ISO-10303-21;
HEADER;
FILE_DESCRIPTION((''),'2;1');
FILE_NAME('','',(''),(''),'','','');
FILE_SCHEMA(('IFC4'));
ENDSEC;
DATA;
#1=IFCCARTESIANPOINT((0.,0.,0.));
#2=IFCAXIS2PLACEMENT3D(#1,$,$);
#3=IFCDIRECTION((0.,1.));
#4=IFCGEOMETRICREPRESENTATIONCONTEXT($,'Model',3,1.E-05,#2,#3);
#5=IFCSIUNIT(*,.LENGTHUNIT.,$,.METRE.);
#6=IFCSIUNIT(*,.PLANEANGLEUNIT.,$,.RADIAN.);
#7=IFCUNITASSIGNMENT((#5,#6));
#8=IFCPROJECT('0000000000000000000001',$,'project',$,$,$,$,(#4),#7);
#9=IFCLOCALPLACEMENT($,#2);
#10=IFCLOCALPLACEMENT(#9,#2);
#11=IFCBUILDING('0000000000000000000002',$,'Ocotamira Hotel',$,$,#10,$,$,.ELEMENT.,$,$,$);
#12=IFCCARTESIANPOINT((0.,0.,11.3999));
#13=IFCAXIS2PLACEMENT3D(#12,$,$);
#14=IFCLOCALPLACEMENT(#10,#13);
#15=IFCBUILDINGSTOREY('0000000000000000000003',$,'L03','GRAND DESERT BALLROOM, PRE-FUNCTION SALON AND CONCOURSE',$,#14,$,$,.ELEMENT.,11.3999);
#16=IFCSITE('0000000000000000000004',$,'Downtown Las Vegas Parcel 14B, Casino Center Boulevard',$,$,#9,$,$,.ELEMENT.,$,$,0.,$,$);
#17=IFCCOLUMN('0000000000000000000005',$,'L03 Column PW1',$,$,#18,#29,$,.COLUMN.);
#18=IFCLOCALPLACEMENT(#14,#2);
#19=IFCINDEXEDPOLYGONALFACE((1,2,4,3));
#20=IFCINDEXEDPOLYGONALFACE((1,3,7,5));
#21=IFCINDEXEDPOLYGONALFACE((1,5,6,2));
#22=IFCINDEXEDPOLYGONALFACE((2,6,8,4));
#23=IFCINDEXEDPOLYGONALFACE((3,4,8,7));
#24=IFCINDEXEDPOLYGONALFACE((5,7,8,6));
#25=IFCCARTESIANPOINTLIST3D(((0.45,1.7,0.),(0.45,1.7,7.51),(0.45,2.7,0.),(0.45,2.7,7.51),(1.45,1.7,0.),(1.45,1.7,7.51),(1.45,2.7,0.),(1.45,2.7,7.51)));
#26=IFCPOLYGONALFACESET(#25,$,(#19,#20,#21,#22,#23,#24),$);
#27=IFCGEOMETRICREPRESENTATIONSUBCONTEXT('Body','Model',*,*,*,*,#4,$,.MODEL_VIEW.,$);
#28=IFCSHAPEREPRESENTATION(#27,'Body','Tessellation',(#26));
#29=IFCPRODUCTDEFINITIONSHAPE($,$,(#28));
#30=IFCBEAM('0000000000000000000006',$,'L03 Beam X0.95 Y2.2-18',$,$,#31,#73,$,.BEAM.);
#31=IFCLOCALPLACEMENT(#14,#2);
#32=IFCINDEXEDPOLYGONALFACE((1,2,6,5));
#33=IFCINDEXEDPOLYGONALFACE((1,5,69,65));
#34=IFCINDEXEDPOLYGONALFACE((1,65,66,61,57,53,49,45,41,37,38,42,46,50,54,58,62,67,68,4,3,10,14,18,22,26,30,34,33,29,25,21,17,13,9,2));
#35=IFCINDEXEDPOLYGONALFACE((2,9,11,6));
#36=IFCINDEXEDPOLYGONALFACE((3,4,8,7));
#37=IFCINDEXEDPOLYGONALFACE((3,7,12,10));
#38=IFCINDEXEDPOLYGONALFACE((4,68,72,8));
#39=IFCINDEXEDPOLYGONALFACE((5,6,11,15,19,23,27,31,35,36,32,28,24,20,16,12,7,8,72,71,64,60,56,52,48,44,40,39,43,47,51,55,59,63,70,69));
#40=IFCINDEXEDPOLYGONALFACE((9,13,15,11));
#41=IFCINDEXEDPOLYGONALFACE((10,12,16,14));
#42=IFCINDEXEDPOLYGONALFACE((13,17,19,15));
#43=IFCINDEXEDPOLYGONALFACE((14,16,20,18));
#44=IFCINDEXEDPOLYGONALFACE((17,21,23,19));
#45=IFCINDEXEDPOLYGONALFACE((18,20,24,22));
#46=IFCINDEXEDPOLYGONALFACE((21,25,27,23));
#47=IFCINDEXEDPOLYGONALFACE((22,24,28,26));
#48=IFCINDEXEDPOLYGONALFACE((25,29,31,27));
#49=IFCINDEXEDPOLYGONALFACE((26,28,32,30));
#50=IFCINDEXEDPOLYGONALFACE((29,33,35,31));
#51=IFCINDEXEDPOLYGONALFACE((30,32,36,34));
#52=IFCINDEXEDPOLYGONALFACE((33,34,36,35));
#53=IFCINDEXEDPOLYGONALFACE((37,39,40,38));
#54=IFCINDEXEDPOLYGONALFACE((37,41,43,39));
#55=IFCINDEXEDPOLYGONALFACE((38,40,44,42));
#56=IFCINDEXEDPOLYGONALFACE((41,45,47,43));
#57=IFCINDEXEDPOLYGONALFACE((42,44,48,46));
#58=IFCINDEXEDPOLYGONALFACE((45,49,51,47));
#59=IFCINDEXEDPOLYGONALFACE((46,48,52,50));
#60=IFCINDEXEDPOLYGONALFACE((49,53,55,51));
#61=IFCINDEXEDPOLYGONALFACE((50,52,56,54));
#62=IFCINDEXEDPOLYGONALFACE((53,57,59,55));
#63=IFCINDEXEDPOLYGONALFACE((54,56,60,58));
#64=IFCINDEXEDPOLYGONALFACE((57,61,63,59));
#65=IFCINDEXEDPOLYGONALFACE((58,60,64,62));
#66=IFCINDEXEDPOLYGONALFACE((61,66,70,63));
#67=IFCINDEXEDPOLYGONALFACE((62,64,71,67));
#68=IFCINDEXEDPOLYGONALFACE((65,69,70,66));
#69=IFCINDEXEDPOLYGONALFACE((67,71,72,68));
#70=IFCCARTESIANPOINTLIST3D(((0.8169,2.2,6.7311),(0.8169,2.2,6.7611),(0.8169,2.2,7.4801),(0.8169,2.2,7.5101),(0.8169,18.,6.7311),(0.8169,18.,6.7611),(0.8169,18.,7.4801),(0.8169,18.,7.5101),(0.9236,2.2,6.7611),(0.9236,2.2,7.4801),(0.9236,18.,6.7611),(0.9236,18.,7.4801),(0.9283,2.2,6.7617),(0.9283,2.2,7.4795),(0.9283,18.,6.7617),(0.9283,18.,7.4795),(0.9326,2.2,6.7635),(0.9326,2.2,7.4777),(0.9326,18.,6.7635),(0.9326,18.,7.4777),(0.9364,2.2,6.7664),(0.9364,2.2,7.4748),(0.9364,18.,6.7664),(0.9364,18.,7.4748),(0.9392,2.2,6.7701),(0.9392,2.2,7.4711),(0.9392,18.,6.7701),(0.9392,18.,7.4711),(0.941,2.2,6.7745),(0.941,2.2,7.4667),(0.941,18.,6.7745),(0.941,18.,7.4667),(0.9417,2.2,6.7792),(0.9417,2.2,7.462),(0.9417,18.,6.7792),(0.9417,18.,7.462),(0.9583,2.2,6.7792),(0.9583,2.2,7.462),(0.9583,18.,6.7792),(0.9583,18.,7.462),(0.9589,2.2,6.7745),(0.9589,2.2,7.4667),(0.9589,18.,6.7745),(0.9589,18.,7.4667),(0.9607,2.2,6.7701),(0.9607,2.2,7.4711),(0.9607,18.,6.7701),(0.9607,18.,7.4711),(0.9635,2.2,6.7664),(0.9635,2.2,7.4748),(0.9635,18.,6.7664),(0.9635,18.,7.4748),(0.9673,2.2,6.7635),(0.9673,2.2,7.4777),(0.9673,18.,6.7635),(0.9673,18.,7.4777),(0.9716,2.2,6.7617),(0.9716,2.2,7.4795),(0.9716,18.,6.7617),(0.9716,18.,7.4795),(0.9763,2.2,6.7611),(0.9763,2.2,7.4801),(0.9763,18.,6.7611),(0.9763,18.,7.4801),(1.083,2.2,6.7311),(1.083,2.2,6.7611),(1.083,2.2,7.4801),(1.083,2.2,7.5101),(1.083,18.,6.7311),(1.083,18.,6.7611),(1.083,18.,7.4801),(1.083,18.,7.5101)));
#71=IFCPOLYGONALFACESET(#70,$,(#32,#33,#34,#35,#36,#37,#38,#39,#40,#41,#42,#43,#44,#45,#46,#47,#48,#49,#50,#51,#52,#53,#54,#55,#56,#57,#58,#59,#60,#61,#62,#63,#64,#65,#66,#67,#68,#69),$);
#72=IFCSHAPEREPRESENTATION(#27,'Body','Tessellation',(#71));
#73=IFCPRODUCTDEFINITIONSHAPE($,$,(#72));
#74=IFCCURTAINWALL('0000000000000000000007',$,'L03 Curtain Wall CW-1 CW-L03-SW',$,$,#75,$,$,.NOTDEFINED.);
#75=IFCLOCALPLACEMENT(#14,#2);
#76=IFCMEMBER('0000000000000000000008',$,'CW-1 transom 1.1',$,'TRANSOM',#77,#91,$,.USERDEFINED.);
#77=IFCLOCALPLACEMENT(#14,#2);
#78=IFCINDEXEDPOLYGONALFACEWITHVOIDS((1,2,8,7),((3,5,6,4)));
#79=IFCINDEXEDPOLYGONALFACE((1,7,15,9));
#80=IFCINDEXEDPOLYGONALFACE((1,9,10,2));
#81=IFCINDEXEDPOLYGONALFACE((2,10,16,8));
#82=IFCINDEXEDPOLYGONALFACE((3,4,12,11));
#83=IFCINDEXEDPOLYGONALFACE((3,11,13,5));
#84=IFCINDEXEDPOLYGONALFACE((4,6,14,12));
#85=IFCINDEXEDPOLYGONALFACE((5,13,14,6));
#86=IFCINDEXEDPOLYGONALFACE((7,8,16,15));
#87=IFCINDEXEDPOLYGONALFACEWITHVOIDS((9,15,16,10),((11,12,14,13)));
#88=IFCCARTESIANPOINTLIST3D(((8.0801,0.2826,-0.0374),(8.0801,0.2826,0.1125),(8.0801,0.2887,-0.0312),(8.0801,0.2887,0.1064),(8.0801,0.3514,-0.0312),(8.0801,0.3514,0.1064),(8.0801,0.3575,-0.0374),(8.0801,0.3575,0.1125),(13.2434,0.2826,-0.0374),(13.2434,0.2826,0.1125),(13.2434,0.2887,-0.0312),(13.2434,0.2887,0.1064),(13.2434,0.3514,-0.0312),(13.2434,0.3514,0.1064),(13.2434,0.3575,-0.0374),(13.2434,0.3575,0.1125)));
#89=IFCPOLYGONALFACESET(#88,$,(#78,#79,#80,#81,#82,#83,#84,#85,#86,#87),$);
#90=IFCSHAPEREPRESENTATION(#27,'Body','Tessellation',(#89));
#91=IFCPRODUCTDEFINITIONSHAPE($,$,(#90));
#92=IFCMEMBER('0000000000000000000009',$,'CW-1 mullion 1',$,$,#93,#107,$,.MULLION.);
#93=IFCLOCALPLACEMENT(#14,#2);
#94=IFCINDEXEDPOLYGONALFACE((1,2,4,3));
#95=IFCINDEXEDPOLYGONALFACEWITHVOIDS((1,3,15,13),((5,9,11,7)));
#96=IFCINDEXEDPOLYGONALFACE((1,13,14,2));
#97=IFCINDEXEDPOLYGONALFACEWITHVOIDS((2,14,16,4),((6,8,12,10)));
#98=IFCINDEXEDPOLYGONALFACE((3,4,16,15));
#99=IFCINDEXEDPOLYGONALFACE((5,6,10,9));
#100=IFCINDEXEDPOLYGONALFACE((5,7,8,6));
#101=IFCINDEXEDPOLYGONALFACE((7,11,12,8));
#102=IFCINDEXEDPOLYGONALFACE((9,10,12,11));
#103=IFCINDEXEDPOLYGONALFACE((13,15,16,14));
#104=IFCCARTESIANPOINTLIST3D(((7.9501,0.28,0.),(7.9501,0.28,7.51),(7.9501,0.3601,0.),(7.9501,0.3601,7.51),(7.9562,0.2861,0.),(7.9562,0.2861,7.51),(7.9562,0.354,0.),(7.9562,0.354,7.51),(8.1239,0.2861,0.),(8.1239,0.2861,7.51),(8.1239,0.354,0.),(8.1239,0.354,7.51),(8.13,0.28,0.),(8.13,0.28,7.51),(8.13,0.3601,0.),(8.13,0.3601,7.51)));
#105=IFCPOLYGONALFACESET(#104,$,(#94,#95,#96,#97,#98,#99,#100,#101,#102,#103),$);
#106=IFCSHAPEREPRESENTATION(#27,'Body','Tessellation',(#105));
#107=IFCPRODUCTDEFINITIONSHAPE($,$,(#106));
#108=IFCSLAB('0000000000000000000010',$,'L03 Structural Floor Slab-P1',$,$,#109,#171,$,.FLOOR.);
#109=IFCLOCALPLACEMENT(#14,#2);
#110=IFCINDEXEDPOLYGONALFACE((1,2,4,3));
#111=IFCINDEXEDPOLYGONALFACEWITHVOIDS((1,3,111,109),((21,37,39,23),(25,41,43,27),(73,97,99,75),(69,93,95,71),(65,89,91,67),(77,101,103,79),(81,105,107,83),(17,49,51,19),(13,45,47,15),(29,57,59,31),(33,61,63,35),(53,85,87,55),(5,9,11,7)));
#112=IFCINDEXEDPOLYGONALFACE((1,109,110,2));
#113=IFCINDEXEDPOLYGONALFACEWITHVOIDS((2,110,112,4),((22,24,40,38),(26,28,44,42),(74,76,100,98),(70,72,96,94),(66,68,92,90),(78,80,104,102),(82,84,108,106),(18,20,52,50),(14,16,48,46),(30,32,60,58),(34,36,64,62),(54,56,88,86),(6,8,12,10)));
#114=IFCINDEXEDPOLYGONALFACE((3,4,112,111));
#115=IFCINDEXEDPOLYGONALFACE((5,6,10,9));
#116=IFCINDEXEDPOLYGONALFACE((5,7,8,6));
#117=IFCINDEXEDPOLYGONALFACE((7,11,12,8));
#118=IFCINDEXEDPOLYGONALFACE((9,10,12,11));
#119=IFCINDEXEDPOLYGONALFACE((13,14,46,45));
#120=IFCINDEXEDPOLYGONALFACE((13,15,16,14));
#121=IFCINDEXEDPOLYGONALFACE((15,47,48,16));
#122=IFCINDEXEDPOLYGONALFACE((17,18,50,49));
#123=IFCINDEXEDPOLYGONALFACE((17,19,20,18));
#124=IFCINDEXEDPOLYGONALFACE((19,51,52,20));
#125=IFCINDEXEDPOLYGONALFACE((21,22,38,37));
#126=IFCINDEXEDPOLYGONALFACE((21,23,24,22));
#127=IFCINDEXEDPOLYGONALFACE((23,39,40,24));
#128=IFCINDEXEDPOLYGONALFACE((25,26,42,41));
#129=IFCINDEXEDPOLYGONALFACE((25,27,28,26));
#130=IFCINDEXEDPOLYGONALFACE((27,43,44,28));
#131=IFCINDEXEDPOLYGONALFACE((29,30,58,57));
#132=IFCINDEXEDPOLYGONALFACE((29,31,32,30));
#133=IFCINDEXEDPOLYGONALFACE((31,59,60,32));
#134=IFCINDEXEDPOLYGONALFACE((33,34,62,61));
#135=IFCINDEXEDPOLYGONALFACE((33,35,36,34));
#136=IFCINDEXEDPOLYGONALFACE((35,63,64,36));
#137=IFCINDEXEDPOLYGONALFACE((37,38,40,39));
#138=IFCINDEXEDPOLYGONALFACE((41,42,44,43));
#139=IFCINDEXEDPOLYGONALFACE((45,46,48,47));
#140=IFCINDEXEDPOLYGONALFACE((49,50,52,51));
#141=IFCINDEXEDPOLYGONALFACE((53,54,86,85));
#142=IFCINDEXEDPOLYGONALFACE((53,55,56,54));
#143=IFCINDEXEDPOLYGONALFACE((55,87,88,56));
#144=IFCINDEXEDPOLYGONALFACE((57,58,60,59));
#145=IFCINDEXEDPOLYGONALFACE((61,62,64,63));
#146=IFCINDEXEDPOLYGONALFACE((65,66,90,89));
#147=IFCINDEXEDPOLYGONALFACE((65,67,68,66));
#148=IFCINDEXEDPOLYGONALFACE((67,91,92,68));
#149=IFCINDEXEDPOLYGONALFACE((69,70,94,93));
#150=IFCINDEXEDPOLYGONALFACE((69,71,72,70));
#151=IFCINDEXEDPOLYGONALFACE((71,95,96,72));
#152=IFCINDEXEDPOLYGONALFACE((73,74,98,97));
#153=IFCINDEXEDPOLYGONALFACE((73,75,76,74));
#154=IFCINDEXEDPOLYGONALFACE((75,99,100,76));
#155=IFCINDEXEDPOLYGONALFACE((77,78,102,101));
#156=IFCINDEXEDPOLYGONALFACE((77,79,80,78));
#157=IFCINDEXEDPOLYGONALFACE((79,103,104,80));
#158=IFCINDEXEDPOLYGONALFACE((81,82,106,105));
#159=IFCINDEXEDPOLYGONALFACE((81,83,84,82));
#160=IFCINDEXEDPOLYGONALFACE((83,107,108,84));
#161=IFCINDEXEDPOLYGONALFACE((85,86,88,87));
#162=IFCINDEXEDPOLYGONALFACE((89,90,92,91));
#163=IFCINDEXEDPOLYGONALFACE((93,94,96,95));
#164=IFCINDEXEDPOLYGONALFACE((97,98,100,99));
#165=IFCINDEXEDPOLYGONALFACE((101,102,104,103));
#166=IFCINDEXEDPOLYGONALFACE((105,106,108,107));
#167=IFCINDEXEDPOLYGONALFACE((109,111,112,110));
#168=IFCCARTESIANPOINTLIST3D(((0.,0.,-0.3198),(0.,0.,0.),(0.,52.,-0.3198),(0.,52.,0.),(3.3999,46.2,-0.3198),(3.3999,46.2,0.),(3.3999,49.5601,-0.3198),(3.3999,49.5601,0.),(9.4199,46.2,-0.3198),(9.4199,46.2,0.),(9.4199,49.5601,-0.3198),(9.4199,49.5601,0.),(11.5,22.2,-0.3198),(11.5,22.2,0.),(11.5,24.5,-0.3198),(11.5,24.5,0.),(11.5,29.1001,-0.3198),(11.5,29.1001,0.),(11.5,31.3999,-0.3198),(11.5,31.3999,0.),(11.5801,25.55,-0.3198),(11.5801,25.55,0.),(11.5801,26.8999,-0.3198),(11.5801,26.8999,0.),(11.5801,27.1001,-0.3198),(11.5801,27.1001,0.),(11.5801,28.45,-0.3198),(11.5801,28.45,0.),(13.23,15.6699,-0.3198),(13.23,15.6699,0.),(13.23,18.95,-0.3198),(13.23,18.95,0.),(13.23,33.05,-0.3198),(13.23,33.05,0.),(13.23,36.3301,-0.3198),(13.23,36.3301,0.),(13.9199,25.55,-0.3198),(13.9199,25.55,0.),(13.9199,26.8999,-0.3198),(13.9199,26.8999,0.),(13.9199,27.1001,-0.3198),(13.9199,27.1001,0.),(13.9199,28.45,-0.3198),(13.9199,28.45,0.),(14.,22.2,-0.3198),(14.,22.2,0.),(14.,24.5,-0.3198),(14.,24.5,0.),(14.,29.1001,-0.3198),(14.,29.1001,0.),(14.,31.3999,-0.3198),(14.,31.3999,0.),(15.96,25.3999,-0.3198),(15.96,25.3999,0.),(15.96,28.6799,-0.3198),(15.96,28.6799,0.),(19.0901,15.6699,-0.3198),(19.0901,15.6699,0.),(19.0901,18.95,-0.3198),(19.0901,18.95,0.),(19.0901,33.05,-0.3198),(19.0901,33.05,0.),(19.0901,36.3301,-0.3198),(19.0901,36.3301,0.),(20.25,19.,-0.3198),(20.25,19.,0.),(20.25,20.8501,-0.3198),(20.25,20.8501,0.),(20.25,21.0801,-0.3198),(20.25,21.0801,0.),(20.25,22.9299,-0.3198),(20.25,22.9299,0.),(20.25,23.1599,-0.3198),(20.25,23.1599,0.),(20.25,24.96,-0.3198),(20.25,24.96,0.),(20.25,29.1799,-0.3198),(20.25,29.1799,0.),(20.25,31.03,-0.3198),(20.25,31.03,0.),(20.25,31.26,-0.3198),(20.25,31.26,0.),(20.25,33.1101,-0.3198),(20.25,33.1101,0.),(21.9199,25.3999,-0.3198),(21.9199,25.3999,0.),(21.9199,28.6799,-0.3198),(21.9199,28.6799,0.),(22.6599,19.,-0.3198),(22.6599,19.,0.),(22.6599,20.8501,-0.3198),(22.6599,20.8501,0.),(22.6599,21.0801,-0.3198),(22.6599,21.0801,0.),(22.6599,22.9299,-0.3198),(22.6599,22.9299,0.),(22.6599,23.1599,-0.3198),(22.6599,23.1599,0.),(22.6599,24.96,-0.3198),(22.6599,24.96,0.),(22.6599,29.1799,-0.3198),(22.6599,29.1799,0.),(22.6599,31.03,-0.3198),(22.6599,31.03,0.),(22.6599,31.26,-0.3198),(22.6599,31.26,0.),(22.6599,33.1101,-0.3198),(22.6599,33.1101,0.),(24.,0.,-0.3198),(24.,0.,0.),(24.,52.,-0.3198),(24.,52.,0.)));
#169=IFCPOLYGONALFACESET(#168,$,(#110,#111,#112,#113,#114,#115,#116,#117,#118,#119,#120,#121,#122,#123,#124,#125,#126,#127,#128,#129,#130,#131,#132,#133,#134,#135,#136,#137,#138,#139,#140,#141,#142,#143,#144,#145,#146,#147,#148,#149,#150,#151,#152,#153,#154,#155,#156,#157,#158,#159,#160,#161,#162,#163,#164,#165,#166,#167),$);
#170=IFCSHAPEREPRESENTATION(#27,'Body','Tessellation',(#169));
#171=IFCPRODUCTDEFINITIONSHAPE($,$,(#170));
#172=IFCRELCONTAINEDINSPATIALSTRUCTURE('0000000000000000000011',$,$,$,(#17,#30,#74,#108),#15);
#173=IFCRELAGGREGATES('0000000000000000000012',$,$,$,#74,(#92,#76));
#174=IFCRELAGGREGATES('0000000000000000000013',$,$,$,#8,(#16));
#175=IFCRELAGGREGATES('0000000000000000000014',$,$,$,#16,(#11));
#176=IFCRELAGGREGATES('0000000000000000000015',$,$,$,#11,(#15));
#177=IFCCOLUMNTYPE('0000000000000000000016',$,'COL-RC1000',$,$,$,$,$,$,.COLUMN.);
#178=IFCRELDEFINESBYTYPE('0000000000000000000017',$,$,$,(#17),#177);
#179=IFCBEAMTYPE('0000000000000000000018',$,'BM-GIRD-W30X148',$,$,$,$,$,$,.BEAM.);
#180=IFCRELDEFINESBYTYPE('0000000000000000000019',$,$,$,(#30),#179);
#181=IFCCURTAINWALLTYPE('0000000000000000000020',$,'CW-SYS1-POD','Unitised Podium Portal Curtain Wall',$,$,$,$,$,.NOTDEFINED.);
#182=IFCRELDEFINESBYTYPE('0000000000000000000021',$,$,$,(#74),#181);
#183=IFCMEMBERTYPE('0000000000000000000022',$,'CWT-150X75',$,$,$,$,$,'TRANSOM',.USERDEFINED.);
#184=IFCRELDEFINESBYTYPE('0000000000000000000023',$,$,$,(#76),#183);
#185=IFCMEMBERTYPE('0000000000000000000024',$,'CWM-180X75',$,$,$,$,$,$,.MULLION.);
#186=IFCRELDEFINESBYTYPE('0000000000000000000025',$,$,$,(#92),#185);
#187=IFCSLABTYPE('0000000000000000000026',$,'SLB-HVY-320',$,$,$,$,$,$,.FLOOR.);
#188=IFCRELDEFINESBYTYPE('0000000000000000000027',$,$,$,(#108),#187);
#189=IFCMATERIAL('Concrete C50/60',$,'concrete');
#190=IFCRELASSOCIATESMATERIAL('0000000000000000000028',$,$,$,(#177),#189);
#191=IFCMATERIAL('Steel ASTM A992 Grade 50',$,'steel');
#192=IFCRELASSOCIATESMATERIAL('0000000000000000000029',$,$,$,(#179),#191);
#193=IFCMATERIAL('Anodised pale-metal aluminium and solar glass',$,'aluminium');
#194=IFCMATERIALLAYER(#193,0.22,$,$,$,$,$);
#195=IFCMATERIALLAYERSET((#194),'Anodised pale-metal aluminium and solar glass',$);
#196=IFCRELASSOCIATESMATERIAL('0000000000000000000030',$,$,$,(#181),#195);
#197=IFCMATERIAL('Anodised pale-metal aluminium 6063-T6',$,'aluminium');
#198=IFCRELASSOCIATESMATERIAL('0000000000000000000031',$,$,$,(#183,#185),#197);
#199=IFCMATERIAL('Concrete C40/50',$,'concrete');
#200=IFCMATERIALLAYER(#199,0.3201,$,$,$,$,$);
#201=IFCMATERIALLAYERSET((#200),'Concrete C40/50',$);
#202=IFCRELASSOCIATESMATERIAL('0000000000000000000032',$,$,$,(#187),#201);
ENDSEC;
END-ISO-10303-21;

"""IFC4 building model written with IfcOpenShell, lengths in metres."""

from ifc_helpers import new_model, si_unit, direction, frame, origin, origin_2d, place, context, subcontext, project, spatial, polyline, rectangle, hollow_rectangle, i_section, outline, extrude, source, transform, mapped, material, layer, layer_set, material_profile, profile_set, type_object, element, aggregate, save


model = new_model("IFC4")

# Units and contexts
model_context = context("Model", 3, precision=1e-05, world=origin(), true_north=direction((0.0, 1.0)))
body_context = subcontext(model_context, "Body", "Model", "MODEL_VIEW")
ifc_project = project(units=[si_unit("LENGTHUNIT", "METRE"), si_unit("PLANEANGLEUNIT", "RADIAN")], contexts=[model_context])

# Site, building, storey
site_placement = place(None, origin())
site = spatial("IfcSite", under=ifc_project, at=site_placement, Name="Downtown Las Vegas Parcel 14B, Casino Center Boulevard", CompositionType="ELEMENT", RefElevation=0.0)
building_placement = place(site_placement, origin())
building = spatial("IfcBuilding", under=site, at=building_placement, Name="Ocotamira Hotel", CompositionType="ELEMENT")
storey_placement = place(building_placement, frame((0.0, 0.0, 11.3999)))
storey = spatial("IfcBuildingStorey", under=building, at=storey_placement, Name="L03", Description="GRAND DESERT BALLROOM, PRE-FUNCTION SALON AND CONCOURSE", CompositionType="ELEMENT", Elevation=11.3999)

# Column
ifc_material_1 = material(Name="Concrete C50/60", Category="concrete")
ifc_material_profile_1 = material_profile(ifc_material_1, rectangle(XDim=1.0, YDim=1.0, at=origin_2d()), Name="RC1000X1000")
ifc_profile_set_1 = profile_set([ifc_material_profile_1], Name="Concrete C50/60")
column_type = type_object("IfcColumnType", Name="COL-RC1000", PredefinedType="COLUMN", material=ifc_profile_set_1)
shared_shape_1 = source(origin(), body_context, "Body", "SweptSolid", [
    extrude(rectangle(XDim=1.0, YDim=1.0, at=origin_2d()), origin(), (0.0, 0.0, 1.0), 7.51),
])
column_placement = place(storey_placement, frame((0.95, 2.2, 0.0), z_axis=(0.0, 0.0, 1.0), x_axis=(1.0, 0.0, 0.0)))
element("IfcColumn", 1, at=column_placement, inside=storey, type_object=column_type, Name="L03 Column PW1", PredefinedType="COLUMN", context=body_context, shape_type="MappedRepresentation", body=[
    mapped(shared_shape_1, transform((0.0, 0.0, 0.0), scale=1.0)),
])

# Beam
ifc_material_2 = material(Name="Steel ASTM A992 Grade 50", Category="steel")
ifc_material_profile_2 = material_profile(ifc_material_2, i_section(OverallWidth=0.2661, OverallDepth=0.7791, WebThickness=0.0166, FlangeThickness=0.03, FilletRadius=0.0181, at=origin_2d()), Name="W30X148")
ifc_profile_set_2 = profile_set([ifc_material_profile_2], Name="Steel ASTM A992 Grade 50")
beam_type = type_object("IfcBeamType", Name="BM-GIRD-W30X148", PredefinedType="BEAM", material=ifc_profile_set_2)
shared_shape_2 = source(origin(), body_context, "Body", "SweptSolid", [
    extrude(i_section(OverallWidth=0.2661, OverallDepth=0.7791, WebThickness=0.0166, FlangeThickness=0.03, FilletRadius=0.0181, at=origin_2d()), origin(), (0.0, 0.0, 1.0), 15.8),
])
beam_placement = place(storey_placement, frame((0.95, 2.2, 7.1206), z_axis=(0.0, 1.0, 0.0), x_axis=(-1.0, 0.0, 0.0)))
element("IfcBeam", 2, at=beam_placement, inside=storey, type_object=beam_type, Name="L03 Beam X0.95 Y2.2-18", PredefinedType="BEAM", context=body_context, shape_type="MappedRepresentation", body=[
    mapped(shared_shape_2, transform((0.0, 0.0, 0.0), scale=1.0)),
])

# Curtain wall, members
ifc_material_3 = material(Name="Anodised pale-metal aluminium and solar glass", Category="aluminium")
ifc_layer_1 = layer(ifc_material_3, 0.22)
ifc_layer_set_1 = layer_set([ifc_layer_1], Name="Anodised pale-metal aluminium and solar glass")
curtain_wall_type = type_object("IfcCurtainWallType", Name="CW-SYS1-POD", Description="Unitised Podium Portal Curtain Wall", PredefinedType="NOTDEFINED", material=ifc_layer_set_1)
curtain_wall_placement = place(storey_placement, origin())
curtain_wall = element("IfcCurtainWall", 3, at=curtain_wall_placement, inside=storey, type_object=curtain_wall_type, Name="L03 Curtain Wall CW-1 CW-L03-SW", PredefinedType="NOTDEFINED")
ifc_material_4 = material(Name="Anodised pale-metal aluminium 6063-T6", Category="aluminium")
ifc_material_profile_3 = material_profile(ifc_material_4, hollow_rectangle(XDim=0.075, YDim=0.1499, WallThickness=0.0061, at=origin_2d()), Name="HSS150X75X6")
ifc_profile_set_3 = profile_set([ifc_material_profile_3], Name="Anodised pale-metal aluminium 6063-T6")
member_type_1 = type_object("IfcMemberType", Name="CWT-150X75", ElementType="TRANSOM", PredefinedType="USERDEFINED", material=ifc_profile_set_3)
shared_shape_3 = source(origin(), body_context, "Body", "SweptSolid", [
    extrude(hollow_rectangle(XDim=0.075, YDim=0.1499, WallThickness=0.0061, at=origin_2d()), origin(), (0.0, 0.0, 1.0), 5.1633),
])
member_1_placement = place(storey_placement, frame((8.0801, 0.3201, 0.0376), z_axis=(1.0, 0.0, 0.0), x_axis=(0.0, 1.0, 0.0)))
member_1 = element("IfcMember", 4, at=member_1_placement, type_object=member_type_1, Name="CW-1 transom 1.1", ObjectType="TRANSOM", PredefinedType="USERDEFINED", context=body_context, shape_type="MappedRepresentation", body=[
    mapped(shared_shape_3, transform((0.0, 0.0, 0.0), scale=1.0)),
])
ifc_material_profile_4 = material_profile(ifc_material_4, hollow_rectangle(XDim=0.0801, YDim=0.1799, WallThickness=0.0061, at=origin_2d()), Name="HSS180X80X6")
ifc_profile_set_4 = profile_set([ifc_material_profile_4], Name="Anodised pale-metal aluminium 6063-T6")
member_type_2 = type_object("IfcMemberType", Name="CWM-180X75", PredefinedType="MULLION", material=ifc_profile_set_4)
shared_shape_4 = source(origin(), body_context, "Body", "SweptSolid", [
    extrude(hollow_rectangle(XDim=0.0801, YDim=0.1799, WallThickness=0.0061, at=origin_2d()), origin(), (0.0, 0.0, 1.0), 7.51),
])
member_2_placement = place(storey_placement, frame((8.04, 0.3201, 0.0), z_axis=(0.0, 0.0, 1.0), x_axis=(0.0, 1.0, 0.0)))
member_2 = element("IfcMember", 5, at=member_2_placement, type_object=member_type_2, Name="CW-1 mullion 1", PredefinedType="MULLION", context=body_context, shape_type="MappedRepresentation", body=[
    mapped(shared_shape_4, transform((0.0, 0.0, 0.0), scale=1.0)),
])
aggregate(curtain_wall, [member_2, member_1])

# Slab
ifc_material_5 = material(Name="Concrete C40/50", Category="concrete")
ifc_layer_2 = layer(ifc_material_5, 0.3201)
ifc_layer_set_2 = layer_set([ifc_layer_2], Name="Concrete C40/50")
slab_type_1 = type_object("IfcSlabType", Name="SLB-HVY-320", PredefinedType="FLOOR", material=ifc_layer_set_2)
slab_1_placement = place(storey_placement, frame((0.0, 0.0, -0.3198)))
element("IfcSlab", 6, at=slab_1_placement, inside=storey, type_object=slab_type_1, Name="L03 Structural Floor Slab-P1", PredefinedType="FLOOR", context=body_context, shape_type="SweptSolid", body=[
    extrude(outline(polyline([(0.0, 0.0), (24.0, 0.0), (24.0, 52.0), (0.0, 52.0), (0.0, 0.0)]), holes=[polyline([(13.23, 15.6699), (19.0901, 15.6699), (19.0901, 18.95), (13.23, 18.95), (13.23, 15.6699)]), polyline([(13.23, 33.05), (19.0901, 33.05), (19.0901, 36.3301), (13.23, 36.3301), (13.23, 33.05)]), polyline([(15.96, 25.3999), (21.9199, 25.3999), (21.9199, 28.6799), (15.96, 28.6799), (15.96, 25.3999)]), polyline([(3.3999, 46.2), (9.4199, 46.2), (9.4199, 49.5601), (3.3999, 49.5601), (3.3999, 46.2)]), polyline([(20.25, 19.0), (22.6599, 19.0), (22.6599, 20.8501), (20.25, 20.8501), (20.25, 19.0)]), polyline([(20.25, 21.0801), (22.6599, 21.0801), (22.6599, 22.9299), (20.25, 22.9299), (20.25, 21.0801)]), polyline([(20.25, 23.1599), (22.6599, 23.1599), (22.6599, 24.96), (20.25, 24.96), (20.25, 23.1599)]), polyline([(20.25, 29.1799), (22.6599, 29.1799), (22.6599, 31.03), (20.25, 31.03), (20.25, 29.1799)]), polyline([(20.25, 31.26), (22.6599, 31.26), (22.6599, 33.1101), (20.25, 33.1101), (20.25, 31.26)]), polyline([(11.5, 22.2), (14.0, 22.2), (14.0, 24.5), (11.5, 24.5), (11.5, 22.2)]), polyline([(11.5, 29.1001), (14.0, 29.1001), (14.0, 31.3999), (11.5, 31.3999), (11.5, 29.1001)]), polyline([(11.5801, 25.55), (13.9199, 25.55), (13.9199, 26.8999), (11.5801, 26.8999), (11.5801, 25.55)]), polyline([(11.5801, 27.1001), (13.9199, 27.1001), (13.9199, 28.45), (11.5801, 28.45), (11.5801, 27.1001)])]), origin(), (0.0, 0.0, 1.0), 0.3198),
])

save(model, "model.ifc")
